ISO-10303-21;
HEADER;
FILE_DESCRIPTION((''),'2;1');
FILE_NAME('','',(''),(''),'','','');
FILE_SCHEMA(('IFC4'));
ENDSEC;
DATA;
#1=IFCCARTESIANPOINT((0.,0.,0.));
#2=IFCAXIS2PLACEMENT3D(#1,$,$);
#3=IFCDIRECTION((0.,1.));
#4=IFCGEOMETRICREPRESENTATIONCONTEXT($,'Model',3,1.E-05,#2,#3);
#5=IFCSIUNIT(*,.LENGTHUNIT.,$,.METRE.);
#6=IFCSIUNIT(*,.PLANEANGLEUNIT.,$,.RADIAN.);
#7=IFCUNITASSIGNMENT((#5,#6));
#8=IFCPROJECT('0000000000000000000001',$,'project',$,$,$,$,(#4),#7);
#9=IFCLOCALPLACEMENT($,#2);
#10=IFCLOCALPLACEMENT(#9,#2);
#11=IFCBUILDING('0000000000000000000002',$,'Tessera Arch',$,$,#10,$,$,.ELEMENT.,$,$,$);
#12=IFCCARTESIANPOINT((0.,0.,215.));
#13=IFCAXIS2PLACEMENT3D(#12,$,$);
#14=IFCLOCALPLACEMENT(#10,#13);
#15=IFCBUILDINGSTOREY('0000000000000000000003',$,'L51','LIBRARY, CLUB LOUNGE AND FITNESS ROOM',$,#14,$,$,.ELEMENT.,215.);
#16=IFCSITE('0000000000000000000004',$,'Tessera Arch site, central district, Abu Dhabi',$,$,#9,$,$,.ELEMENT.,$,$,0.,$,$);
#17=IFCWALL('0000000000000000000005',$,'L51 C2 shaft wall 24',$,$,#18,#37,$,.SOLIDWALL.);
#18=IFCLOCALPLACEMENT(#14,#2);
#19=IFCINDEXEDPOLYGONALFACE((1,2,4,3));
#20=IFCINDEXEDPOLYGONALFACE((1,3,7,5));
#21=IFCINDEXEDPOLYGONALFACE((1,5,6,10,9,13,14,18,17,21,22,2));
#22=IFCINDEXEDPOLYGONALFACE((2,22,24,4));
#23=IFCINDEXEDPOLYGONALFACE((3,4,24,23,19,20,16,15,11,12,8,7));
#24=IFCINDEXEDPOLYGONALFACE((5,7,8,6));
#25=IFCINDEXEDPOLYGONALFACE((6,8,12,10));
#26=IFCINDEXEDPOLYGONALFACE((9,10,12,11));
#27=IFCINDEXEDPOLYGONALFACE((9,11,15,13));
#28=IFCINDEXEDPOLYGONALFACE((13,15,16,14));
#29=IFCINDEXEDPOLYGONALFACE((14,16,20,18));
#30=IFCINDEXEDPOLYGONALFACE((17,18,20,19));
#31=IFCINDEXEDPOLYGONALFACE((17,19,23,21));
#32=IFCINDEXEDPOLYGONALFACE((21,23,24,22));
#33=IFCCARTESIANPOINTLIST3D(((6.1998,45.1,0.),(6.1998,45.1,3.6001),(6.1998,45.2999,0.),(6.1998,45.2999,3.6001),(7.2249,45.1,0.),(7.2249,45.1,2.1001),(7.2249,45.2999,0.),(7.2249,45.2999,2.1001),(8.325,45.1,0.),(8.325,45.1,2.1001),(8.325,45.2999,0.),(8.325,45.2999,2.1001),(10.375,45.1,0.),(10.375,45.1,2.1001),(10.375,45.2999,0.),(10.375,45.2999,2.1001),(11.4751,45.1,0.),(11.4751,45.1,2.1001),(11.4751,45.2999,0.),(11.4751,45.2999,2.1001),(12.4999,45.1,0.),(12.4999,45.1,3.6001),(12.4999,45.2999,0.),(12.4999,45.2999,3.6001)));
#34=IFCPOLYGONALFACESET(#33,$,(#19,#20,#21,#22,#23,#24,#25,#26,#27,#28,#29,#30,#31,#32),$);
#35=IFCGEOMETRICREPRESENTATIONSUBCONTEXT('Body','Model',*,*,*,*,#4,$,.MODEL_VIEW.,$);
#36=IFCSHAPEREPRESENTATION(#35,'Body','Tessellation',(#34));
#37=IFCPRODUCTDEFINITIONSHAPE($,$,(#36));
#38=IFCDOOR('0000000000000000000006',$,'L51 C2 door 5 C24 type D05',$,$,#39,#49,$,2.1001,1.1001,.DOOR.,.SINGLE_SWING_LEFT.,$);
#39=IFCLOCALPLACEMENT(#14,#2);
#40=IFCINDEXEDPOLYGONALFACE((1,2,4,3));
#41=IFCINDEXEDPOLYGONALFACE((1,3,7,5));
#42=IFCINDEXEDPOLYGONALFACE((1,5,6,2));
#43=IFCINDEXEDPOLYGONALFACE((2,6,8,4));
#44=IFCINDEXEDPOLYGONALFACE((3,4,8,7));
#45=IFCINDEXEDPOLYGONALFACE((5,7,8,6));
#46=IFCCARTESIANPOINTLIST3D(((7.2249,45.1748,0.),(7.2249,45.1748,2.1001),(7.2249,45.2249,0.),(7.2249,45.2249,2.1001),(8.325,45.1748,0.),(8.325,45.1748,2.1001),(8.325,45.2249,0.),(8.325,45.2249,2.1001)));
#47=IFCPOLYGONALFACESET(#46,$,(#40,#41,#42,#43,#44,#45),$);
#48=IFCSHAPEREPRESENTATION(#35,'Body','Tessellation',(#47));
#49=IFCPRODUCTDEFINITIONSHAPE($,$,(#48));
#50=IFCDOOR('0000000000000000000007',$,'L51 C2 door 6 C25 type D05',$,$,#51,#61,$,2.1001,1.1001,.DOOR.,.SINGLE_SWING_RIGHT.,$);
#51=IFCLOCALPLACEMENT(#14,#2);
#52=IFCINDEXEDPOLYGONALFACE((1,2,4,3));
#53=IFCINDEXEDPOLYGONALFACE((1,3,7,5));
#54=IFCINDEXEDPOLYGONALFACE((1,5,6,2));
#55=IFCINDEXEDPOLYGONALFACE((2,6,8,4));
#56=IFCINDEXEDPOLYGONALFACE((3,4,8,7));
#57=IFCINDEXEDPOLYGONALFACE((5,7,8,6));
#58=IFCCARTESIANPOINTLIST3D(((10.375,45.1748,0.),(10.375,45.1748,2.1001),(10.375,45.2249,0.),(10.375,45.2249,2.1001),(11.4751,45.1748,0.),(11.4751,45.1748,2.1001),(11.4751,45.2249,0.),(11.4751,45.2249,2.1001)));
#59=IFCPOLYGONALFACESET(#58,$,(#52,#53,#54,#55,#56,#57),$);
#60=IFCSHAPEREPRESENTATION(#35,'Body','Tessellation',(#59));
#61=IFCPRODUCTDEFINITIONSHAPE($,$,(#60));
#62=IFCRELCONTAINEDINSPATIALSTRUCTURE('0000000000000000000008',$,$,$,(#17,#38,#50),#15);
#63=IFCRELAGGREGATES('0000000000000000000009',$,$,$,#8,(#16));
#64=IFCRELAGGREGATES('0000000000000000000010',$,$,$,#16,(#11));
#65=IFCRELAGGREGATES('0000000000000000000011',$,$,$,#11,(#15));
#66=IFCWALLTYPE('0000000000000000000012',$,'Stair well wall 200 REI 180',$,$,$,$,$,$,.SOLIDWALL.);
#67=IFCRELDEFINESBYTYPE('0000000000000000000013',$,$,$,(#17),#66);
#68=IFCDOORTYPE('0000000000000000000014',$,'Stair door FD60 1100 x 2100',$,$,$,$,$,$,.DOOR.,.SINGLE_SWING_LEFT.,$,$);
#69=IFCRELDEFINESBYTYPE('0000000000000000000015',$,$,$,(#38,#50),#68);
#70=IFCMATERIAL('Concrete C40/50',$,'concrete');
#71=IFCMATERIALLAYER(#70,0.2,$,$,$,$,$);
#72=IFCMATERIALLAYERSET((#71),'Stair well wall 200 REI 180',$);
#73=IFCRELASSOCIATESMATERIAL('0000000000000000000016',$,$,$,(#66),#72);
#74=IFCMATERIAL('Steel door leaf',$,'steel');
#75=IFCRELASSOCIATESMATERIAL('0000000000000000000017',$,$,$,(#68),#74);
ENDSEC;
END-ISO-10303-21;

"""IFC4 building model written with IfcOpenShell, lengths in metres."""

from ifc_helpers import new_model, si_unit, direction, frame, frame_2d, origin, place, context, subcontext, project, spatial, rectangle, extrude, material, layer, layer_set, type_object, element, fill, save


model = new_model("IFC4")

# Units and contexts
model_context = context("Model", 3, precision=1e-05, world=origin(), true_north=direction((0.0, 1.0)))
body_context = subcontext(model_context, "Body", "Model", "MODEL_VIEW")
ifc_project = project(units=[si_unit("LENGTHUNIT", "METRE"), si_unit("PLANEANGLEUNIT", "RADIAN")], contexts=[model_context])

# Site, building, storey
site_placement = place(None, origin())
site = spatial("IfcSite", under=ifc_project, at=site_placement, Name="Tessera Arch site, central district, Abu Dhabi", CompositionType="ELEMENT", RefElevation=0.0)
building_placement = place(site_placement, origin())
building = spatial("IfcBuilding", under=site, at=building_placement, Name="Tessera Arch", CompositionType="ELEMENT")
storey_placement = place(building_placement, frame((0.0, 0.0, 215.0)))
storey = spatial("IfcBuildingStorey", under=building, at=storey_placement, Name="L51", Description="LIBRARY, CLUB LOUNGE AND FITNESS ROOM", CompositionType="ELEMENT", Elevation=215.0)

# Wall, openings, doors
ifc_material_1 = material(Name="Concrete C40/50", Category="concrete")
ifc_layer_1 = layer(ifc_material_1, 0.2)
ifc_layer_set_1 = layer_set([ifc_layer_1], Name="Stair well wall 200 REI 180")
wall_type_1 = type_object("IfcWallType", Name="Stair well wall 200 REI 180", PredefinedType="SOLIDWALL", material=ifc_layer_set_1)
wall_1_placement = place(storey_placement, frame((6.2, 45.2, 0.0), z_axis=(0.0, 0.0, 1.0), x_axis=(1.0, 0.0, 0.0)))
wall_1 = element("IfcWall", 1, at=wall_1_placement, inside=storey, type_object=wall_type_1, Name="L51 C2 shaft wall 24", PredefinedType="SOLIDWALL", context=body_context, shape_type="SweptSolid", body=[
    extrude(rectangle(XDim=6.3, YDim=0.2, at=frame_2d((3.1499, 0.0))), origin(), (0.0, 0.0, 1.0), 3.6001),
])
opening_1_placement = place(wall_1_placement, frame((1.0249, 0.0, 0.0)))
opening_1 = element("IfcOpeningElement", 2, at=opening_1_placement, cuts=wall_1, PredefinedType="OPENING", context=body_context, shape_type="SweptSolid", body=[
    extrude(rectangle(XDim=1.1001, YDim=2.1001, at=frame_2d((0.55, 1.05))), frame((0.0, 0.1099, 0.0), z_axis=(0.0, -1.0, 0.0), x_axis=(1.0, 0.0, 0.0)), (0.0, 0.0, 1.0), 0.22),
])
opening_2_placement = place(wall_1_placement, frame((4.175, 0.0, 0.0)))
opening_2 = element("IfcOpeningElement", 3, at=opening_2_placement, cuts=wall_1, PredefinedType="OPENING", context=body_context, shape_type="SweptSolid", body=[
    extrude(rectangle(XDim=1.1001, YDim=2.1001, at=frame_2d((0.55, 1.05))), frame((0.0, 0.1099, 0.0), z_axis=(0.0, -1.0, 0.0), x_axis=(1.0, 0.0, 0.0)), (0.0, 0.0, 1.0), 0.22),
])
ifc_material_2 = material(Name="Steel door leaf", Category="steel")
door_type_1 = type_object("IfcDoorType", Name="Stair door FD60 1100 x 2100", OperationType="SINGLE_SWING_LEFT", PredefinedType="DOOR", material=ifc_material_2)
door_1_placement = place(opening_1_placement, origin())
door_1 = element("IfcDoor", 4, at=door_1_placement, inside=storey, type_object=door_type_1, Name="L51 C2 door 5 C24 type D05", OperationType="SINGLE_SWING_LEFT", OverallHeight=2.1001, OverallWidth=1.1001, PredefinedType="DOOR", context=body_context, shape_type="SweptSolid", body=[
    extrude(rectangle(XDim=1.1001, YDim=2.1001, at=frame_2d((0.55, 1.05))), frame((0.0, 0.0249, 0.0), z_axis=(0.0, -1.0, 0.0), x_axis=(1.0, 0.0, 0.0)), (0.0, 0.0, 1.0), 0.05),
])
fill(opening_1, door_1)
door_2_placement = place(opening_2_placement, origin())
door_2 = element("IfcDoor", 5, at=door_2_placement, inside=storey, type_object=door_type_1, Name="L51 C2 door 6 C25 type D05", OperationType="SINGLE_SWING_RIGHT", OverallHeight=2.1001, OverallWidth=1.1001, PredefinedType="DOOR", context=body_context, shape_type="SweptSolid", body=[
    extrude(rectangle(XDim=1.1001, YDim=2.1001, at=frame_2d((0.55, 1.05))), frame((0.0, 0.0249, 0.0), z_axis=(0.0, -1.0, 0.0), x_axis=(1.0, 0.0, 0.0)), (0.0, 0.0, 1.0), 0.05),
])
fill(opening_2, door_2)

save(model, "model.ifc")
